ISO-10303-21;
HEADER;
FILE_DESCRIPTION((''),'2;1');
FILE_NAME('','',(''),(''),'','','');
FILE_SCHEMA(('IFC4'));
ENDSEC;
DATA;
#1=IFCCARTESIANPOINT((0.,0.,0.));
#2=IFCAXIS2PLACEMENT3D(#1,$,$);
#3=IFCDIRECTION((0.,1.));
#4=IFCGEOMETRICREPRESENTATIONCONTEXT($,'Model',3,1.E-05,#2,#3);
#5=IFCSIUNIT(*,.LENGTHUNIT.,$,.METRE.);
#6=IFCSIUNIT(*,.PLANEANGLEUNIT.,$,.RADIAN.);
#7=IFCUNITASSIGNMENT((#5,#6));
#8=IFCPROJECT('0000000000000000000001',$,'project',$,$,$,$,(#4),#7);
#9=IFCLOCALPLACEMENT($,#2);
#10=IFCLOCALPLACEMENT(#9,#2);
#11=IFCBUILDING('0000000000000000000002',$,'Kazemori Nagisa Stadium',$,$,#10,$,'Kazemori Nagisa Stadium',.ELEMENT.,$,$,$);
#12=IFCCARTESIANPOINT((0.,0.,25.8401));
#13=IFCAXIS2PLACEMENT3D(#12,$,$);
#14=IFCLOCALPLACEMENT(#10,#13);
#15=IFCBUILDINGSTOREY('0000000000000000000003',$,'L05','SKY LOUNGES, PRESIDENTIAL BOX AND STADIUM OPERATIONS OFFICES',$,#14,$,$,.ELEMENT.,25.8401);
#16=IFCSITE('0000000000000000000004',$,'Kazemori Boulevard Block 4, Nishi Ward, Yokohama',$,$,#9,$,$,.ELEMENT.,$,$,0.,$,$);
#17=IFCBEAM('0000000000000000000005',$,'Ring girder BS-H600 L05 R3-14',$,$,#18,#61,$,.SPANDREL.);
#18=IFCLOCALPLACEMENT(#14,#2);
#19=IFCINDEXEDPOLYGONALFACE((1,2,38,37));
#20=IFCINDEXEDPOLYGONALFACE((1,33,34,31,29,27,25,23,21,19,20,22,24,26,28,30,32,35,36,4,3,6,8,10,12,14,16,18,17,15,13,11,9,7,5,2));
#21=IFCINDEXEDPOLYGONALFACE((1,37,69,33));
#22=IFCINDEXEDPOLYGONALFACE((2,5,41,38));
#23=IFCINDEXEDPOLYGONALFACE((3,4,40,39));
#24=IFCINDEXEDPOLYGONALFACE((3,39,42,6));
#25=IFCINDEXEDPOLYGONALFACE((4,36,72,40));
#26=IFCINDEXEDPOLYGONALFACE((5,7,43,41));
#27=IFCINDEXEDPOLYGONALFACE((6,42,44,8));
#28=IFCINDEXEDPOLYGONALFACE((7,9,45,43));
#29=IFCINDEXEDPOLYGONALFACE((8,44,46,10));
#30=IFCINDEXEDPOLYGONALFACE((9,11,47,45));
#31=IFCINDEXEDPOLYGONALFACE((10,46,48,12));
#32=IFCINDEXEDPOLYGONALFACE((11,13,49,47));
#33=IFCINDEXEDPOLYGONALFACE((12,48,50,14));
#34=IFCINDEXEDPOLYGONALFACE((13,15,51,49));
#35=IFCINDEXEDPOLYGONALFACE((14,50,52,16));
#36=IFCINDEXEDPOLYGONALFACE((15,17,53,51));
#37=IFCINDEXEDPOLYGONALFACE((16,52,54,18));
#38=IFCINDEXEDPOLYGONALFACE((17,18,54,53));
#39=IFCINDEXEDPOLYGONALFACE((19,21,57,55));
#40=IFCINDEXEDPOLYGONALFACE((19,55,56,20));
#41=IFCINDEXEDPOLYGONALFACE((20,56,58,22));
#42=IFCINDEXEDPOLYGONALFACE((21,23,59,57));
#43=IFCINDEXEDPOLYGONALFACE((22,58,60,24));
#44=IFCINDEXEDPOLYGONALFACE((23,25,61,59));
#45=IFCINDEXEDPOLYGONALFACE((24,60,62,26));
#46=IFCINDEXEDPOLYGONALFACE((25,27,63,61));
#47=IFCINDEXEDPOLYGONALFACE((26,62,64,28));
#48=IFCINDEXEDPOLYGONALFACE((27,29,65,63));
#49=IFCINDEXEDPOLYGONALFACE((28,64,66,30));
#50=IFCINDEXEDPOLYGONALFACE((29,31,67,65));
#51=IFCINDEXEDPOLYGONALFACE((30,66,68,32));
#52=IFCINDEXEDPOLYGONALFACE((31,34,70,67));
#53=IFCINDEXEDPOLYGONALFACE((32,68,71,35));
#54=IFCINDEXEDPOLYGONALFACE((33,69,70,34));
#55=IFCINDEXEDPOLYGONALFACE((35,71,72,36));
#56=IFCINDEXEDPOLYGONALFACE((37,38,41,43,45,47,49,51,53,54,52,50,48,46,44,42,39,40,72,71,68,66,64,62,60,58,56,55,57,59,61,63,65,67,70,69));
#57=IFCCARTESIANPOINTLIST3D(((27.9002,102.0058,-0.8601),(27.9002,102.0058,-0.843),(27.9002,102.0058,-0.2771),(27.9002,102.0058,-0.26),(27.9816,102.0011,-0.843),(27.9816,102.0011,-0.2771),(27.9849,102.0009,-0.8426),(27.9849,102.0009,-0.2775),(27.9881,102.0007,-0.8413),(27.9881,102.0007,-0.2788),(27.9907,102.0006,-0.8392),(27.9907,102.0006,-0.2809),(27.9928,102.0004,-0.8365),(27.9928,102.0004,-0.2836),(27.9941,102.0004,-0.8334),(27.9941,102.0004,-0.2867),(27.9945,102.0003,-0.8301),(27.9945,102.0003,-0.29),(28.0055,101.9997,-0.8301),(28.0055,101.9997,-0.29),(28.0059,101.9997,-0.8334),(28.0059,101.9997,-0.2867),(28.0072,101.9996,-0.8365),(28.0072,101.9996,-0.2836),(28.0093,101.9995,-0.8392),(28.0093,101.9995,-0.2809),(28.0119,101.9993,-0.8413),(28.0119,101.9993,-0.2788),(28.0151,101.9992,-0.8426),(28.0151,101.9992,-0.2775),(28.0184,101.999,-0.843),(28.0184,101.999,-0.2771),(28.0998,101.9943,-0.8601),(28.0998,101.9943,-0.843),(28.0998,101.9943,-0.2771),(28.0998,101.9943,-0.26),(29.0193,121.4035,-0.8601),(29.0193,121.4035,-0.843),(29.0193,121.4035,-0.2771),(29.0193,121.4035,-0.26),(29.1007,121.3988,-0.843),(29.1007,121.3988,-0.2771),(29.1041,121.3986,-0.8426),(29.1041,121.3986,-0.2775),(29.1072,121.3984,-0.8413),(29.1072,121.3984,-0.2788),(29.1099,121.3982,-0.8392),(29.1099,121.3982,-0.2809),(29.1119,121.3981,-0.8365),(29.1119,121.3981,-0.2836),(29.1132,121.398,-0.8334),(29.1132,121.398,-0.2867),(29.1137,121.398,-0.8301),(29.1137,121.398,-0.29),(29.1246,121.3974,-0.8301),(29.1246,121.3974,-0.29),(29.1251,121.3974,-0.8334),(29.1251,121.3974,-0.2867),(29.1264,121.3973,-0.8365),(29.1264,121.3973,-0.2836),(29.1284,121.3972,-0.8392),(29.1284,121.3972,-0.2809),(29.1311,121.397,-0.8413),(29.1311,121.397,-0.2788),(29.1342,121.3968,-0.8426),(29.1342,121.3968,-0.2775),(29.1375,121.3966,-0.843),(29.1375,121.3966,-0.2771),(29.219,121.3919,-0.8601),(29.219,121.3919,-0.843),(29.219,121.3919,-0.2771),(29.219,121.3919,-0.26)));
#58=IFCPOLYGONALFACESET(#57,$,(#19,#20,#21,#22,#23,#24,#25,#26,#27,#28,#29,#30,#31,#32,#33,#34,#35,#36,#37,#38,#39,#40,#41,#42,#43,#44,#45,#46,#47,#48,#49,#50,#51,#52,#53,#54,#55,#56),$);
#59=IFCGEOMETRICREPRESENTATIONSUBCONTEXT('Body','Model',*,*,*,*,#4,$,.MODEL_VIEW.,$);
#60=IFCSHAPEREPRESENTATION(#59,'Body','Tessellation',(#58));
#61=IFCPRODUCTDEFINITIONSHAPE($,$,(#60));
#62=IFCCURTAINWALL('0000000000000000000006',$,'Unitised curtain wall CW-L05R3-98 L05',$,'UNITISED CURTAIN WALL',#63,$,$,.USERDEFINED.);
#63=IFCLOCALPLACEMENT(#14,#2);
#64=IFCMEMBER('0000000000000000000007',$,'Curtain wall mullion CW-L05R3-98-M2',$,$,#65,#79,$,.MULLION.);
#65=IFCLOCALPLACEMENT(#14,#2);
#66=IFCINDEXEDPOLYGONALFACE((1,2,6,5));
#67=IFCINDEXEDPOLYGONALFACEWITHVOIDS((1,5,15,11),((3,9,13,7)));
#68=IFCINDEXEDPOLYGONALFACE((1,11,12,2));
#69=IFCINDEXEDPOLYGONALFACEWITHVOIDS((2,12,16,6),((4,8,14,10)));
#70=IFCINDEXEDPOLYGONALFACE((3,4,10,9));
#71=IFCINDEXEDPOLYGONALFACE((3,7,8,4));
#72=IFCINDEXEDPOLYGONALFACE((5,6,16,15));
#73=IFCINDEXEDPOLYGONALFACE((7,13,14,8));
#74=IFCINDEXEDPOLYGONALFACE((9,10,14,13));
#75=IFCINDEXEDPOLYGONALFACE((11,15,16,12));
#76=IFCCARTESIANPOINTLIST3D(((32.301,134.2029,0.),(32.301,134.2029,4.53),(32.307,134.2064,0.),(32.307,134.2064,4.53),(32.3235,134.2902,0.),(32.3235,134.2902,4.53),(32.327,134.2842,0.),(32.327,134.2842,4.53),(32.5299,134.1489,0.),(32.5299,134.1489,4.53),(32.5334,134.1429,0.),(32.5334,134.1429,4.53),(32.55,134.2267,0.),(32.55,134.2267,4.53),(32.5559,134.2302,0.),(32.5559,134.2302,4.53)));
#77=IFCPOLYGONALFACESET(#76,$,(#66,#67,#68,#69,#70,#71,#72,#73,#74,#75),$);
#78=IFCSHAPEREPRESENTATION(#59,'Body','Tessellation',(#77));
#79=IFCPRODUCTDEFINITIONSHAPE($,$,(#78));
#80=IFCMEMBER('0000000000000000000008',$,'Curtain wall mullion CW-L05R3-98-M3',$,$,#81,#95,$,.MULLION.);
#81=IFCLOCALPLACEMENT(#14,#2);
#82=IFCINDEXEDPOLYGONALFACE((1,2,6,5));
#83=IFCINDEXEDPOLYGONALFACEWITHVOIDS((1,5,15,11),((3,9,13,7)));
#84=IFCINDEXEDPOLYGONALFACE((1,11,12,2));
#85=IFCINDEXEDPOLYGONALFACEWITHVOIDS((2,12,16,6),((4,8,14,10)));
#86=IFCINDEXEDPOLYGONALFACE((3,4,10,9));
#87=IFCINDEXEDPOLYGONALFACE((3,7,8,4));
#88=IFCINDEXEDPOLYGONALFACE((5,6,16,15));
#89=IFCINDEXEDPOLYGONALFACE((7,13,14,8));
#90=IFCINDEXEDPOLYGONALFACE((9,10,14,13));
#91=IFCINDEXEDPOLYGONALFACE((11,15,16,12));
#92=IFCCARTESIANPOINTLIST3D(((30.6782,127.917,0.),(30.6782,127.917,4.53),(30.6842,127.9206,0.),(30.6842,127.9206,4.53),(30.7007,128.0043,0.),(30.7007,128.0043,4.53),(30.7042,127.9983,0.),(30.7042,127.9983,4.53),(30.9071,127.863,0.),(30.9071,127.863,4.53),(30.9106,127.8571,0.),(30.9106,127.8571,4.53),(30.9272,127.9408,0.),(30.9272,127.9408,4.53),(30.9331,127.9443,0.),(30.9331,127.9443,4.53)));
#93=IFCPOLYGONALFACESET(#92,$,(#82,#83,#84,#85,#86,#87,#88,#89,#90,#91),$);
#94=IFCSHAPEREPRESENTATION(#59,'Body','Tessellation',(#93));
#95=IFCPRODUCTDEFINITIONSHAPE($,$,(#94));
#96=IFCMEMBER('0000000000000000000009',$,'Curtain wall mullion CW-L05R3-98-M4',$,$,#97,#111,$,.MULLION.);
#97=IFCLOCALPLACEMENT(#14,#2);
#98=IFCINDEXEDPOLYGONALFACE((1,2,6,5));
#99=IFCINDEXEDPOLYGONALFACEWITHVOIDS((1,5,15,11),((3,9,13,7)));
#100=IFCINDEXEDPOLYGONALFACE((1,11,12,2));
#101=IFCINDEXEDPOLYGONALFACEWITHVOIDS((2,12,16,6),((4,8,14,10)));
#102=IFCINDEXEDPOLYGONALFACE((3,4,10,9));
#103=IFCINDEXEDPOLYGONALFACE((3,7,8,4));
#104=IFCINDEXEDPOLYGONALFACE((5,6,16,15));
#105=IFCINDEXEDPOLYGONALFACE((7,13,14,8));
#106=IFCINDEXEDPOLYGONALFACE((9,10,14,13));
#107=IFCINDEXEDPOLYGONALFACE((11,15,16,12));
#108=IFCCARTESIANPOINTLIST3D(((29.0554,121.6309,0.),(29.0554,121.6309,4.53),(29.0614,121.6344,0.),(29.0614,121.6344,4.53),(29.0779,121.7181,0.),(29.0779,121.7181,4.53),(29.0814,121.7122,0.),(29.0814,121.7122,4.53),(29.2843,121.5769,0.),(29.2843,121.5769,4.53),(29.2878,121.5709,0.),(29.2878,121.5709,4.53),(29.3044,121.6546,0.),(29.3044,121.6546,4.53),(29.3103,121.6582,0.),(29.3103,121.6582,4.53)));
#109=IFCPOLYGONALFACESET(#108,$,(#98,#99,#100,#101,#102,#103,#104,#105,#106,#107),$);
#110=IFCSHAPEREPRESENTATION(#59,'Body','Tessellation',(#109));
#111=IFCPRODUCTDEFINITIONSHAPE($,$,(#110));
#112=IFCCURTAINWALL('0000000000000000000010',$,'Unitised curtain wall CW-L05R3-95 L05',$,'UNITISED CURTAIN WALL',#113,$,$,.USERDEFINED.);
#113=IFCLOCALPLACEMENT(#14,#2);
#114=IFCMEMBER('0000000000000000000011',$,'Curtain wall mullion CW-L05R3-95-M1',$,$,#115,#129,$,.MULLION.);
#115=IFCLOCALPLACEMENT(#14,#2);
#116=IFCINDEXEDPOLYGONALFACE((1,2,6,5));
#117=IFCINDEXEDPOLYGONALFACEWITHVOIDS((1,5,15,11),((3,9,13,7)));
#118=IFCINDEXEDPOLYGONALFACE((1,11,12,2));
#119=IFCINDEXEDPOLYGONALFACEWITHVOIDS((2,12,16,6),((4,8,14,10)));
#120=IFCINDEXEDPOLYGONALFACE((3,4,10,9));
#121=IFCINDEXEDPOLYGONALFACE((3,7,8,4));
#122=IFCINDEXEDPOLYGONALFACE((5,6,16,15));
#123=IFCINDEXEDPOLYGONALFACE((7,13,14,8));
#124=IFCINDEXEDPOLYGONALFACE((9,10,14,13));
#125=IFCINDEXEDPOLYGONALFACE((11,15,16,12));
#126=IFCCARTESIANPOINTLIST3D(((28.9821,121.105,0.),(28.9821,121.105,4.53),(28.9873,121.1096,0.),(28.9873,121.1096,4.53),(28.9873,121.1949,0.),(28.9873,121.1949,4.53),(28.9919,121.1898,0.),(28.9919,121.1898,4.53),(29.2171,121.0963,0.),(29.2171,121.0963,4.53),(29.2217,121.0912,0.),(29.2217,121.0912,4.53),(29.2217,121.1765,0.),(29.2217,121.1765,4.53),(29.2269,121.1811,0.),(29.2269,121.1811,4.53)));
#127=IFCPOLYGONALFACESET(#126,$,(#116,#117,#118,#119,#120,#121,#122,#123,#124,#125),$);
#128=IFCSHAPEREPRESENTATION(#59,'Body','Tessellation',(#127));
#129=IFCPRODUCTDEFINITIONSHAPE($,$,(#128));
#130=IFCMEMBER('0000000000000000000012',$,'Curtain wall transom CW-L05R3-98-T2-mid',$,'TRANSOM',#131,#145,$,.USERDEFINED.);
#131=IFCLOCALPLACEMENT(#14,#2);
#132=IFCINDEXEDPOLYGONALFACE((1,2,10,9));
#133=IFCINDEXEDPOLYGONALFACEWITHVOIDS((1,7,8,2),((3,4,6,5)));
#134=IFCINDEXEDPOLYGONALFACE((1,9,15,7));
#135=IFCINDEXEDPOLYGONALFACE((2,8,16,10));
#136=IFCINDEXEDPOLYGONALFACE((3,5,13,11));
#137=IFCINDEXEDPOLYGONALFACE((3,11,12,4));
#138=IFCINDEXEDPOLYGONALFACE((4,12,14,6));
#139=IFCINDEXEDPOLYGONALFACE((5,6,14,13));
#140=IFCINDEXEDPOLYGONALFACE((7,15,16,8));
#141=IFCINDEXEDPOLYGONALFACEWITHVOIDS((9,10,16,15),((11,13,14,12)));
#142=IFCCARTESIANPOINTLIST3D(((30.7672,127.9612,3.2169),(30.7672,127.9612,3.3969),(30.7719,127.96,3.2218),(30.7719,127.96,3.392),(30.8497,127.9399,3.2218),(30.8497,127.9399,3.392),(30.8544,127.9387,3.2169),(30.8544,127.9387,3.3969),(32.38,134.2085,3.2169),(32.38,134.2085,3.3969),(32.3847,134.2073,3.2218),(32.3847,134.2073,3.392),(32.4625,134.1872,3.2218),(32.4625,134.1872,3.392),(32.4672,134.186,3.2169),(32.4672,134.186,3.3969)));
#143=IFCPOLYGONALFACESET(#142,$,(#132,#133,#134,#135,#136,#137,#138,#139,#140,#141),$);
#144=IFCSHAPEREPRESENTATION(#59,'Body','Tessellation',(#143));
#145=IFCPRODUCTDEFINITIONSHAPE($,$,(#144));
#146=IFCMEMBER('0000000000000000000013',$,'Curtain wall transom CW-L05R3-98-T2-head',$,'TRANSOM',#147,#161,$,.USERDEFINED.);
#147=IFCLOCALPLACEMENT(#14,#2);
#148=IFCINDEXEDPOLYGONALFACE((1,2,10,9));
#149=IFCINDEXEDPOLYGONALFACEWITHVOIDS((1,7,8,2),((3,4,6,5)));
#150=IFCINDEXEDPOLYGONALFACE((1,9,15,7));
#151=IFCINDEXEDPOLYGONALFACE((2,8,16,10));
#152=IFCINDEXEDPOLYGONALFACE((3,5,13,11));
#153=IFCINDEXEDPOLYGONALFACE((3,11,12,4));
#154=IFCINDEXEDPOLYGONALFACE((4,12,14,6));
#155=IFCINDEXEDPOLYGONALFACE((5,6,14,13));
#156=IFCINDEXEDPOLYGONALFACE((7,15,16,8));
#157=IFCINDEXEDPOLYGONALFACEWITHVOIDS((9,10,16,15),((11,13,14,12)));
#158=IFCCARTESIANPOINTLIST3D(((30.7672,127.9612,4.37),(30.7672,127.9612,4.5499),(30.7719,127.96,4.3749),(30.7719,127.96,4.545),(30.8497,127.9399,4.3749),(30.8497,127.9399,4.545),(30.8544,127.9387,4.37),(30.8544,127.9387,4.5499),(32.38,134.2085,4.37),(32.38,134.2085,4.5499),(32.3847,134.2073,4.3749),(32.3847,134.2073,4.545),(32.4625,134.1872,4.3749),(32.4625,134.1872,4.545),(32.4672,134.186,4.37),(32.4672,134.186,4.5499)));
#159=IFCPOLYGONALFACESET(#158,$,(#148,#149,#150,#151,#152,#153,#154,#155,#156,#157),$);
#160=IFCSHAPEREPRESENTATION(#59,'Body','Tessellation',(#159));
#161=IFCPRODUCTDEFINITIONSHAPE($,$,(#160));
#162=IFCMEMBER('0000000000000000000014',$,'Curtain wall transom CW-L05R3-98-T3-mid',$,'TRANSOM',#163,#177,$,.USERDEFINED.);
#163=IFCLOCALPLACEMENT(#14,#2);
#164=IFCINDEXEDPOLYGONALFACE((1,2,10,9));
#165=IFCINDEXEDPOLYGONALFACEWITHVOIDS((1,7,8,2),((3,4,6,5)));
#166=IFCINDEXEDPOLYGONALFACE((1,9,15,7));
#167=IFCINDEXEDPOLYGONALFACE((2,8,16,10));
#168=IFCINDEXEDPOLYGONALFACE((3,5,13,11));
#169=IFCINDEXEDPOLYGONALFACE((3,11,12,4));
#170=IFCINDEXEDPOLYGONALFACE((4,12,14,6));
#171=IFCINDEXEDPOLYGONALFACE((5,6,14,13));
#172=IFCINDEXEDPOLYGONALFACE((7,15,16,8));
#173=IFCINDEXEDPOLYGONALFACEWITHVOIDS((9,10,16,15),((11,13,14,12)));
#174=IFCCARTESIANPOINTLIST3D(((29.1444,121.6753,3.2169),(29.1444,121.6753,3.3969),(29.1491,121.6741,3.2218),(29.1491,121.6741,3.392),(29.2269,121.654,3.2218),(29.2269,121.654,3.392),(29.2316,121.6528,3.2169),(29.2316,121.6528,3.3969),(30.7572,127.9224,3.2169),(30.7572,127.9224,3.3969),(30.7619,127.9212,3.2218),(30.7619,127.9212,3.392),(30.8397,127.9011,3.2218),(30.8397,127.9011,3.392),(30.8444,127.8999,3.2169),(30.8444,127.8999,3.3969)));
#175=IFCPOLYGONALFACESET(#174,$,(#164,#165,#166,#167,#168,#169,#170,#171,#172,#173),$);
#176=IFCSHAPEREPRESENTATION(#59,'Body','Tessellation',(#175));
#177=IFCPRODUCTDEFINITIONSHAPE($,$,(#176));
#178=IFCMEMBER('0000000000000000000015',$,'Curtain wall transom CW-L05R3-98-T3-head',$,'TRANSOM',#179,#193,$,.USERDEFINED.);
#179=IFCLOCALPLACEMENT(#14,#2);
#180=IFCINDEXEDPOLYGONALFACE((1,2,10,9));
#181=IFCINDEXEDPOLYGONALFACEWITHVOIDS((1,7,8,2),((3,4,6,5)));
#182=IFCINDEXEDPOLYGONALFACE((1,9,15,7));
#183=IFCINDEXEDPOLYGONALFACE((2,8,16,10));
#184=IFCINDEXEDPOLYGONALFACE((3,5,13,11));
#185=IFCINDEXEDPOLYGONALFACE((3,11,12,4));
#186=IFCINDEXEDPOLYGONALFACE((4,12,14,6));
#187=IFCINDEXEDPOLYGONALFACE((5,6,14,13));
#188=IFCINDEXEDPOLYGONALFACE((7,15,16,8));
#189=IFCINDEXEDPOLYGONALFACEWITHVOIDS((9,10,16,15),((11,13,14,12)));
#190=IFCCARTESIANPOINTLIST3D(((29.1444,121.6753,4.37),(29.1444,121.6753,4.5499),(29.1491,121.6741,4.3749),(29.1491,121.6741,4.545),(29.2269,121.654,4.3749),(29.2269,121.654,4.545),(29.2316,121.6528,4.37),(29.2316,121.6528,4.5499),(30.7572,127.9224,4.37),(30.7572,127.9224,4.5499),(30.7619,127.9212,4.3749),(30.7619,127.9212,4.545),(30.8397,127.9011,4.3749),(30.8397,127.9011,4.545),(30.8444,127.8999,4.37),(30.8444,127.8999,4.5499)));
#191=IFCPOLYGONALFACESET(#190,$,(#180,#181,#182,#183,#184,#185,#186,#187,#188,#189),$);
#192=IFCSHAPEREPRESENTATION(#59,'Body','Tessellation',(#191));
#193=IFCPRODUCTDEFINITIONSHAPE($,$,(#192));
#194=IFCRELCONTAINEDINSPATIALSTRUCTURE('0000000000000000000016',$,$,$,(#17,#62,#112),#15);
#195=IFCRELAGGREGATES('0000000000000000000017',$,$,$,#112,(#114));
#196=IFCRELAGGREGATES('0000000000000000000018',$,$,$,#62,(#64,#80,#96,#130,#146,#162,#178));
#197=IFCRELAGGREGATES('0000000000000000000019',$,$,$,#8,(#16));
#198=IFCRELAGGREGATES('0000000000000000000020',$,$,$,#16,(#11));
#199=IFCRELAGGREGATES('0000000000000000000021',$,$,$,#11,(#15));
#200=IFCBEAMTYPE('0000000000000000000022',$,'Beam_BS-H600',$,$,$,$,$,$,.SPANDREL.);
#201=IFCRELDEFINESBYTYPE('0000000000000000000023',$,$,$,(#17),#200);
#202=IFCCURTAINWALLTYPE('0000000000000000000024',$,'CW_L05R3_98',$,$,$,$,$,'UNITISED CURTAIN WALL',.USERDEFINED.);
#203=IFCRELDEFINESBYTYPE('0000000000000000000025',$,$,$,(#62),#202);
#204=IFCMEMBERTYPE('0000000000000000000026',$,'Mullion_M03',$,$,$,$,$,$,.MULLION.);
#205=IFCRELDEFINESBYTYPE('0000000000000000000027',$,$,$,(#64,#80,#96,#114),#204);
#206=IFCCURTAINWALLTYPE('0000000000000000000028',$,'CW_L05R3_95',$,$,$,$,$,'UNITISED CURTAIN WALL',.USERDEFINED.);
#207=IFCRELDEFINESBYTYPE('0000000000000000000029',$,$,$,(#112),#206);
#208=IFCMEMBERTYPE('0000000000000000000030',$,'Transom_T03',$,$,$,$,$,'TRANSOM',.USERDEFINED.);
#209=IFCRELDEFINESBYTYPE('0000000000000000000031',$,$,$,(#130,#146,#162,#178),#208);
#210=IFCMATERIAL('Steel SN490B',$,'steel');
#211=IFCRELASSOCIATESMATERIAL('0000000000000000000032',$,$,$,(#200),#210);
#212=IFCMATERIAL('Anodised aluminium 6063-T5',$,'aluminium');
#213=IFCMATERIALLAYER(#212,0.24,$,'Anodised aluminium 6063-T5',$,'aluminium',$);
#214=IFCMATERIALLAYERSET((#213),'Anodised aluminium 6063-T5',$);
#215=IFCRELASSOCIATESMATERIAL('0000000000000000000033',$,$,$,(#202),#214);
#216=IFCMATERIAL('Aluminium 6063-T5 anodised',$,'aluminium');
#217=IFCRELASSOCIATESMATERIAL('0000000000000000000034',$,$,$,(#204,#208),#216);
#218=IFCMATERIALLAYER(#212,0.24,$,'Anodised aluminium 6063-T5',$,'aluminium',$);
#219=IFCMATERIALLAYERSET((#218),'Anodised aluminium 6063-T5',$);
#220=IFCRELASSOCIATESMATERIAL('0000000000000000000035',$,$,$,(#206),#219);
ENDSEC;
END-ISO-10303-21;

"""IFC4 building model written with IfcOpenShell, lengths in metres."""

from ifc_helpers import new_model, si_unit, direction, frame, origin, origin_2d, place, context, subcontext, project, spatial, hollow_rectangle, i_section, extrude, material, layer, layer_set, material_profile, profile_set, type_object, element, aggregate, save


model = new_model("IFC4")

# Units and contexts
model_context = context("Model", 3, precision=1e-05, world=origin(), true_north=direction((0.0, 1.0)))
body_context = subcontext(model_context, "Body", "Model", "MODEL_VIEW")
ifc_project = project(units=[si_unit("LENGTHUNIT", "METRE"), si_unit("PLANEANGLEUNIT", "RADIAN")], contexts=[model_context])

# Site, building, storey
site_placement = place(None, origin())
site = spatial("IfcSite", under=ifc_project, at=site_placement, Name="Kazemori Boulevard Block 4, Nishi Ward, Yokohama", CompositionType="ELEMENT", RefElevation=0.0)
building_placement = place(site_placement, origin())
building = spatial("IfcBuilding", under=site, at=building_placement, Name="Kazemori Nagisa Stadium", LongName="Kazemori Nagisa Stadium", CompositionType="ELEMENT")
storey_placement = place(building_placement, frame((0.0, 0.0, 25.8401)))
storey = spatial("IfcBuildingStorey", under=building, at=storey_placement, Name="L05", Description="SKY LOUNGES, PRESIDENTIAL BOX AND STADIUM OPERATIONS OFFICES", CompositionType="ELEMENT", Elevation=25.8401)

# Beam
ifc_material_1 = material(Name="Steel SN490B", Category="steel")
ifc_material_profile_1 = material_profile(ifc_material_1, i_section(OverallWidth=0.2, OverallDepth=0.6001, WebThickness=0.011, FlangeThickness=0.0171, FilletRadius=0.0129, at=origin_2d()), Name="H-600x200x11x17")
ifc_profile_set_1 = profile_set([ifc_material_profile_1], Name="Steel SN490B")
beam_type_1 = type_object("IfcBeamType", Name="Beam_BS-H600", PredefinedType="SPANDREL", material=ifc_profile_set_1)
beam_1_placement = place(storey_placement, frame((29.1191, 121.3977, -0.5601), z_axis=(-0.057599, -0.99834, 0.0), x_axis=(0.99834, -0.057599, 0.0)))
element("IfcBeam", 1, at=beam_1_placement, inside=storey, type_object=beam_type_1, Name="Ring girder BS-H600 L05 R3-14", PredefinedType="SPANDREL", context=body_context, shape_type="SweptSolid", body=[
    extrude(i_section(OverallWidth=0.2, OverallDepth=0.6001, WebThickness=0.011, FlangeThickness=0.0171, FilletRadius=0.0129, at=origin_2d()), origin(), (0.0, 0.0, 1.0), 19.4299),
])

# Curtain wall, members
ifc_material_2 = material(Name="Anodised aluminium 6063-T5", Category="aluminium")
ifc_layer_1 = layer(ifc_material_2, 0.24, Name="Anodised aluminium 6063-T5", Category="aluminium")
ifc_layer_set_1 = layer_set([ifc_layer_1], Name="Anodised aluminium 6063-T5")
curtain_wall_type_1 = type_object("IfcCurtainWallType", Name="CW_L05R3_98", ElementType="UNITISED CURTAIN WALL", PredefinedType="USERDEFINED", material=ifc_layer_set_1)
curtain_wall_1_placement = place(storey_placement, origin())
curtain_wall_1 = element("IfcCurtainWall", 2, at=curtain_wall_1_placement, inside=storey, type_object=curtain_wall_type_1, Name="Unitised curtain wall CW-L05R3-98 L05", ObjectType="UNITISED CURTAIN WALL", PredefinedType="USERDEFINED")
ifc_material_3 = material(Name="Aluminium 6063-T5 anodised", Category="aluminium")
ifc_material_profile_2 = material_profile(ifc_material_3, hollow_rectangle(XDim=0.0901, YDim=0.24, WallThickness=0.0049, at=origin_2d()), Name="ALU-MULL-90x240x5")
ifc_profile_set_2 = profile_set([ifc_material_profile_2], Name="Aluminium 6063-T5 anodised")
member_type_1 = type_object("IfcMemberType", Name="Mullion_M03", PredefinedType="MULLION", material=ifc_profile_set_2)
member_1_placement = place(storey_placement, frame((32.4285, 134.2166, 0.0), z_axis=(0.0, 0.0, 1.0), x_axis=(-0.249965, -0.968255, 0.0)))
member_1 = element("IfcMember", 3, at=member_1_placement, type_object=member_type_1, Name="Curtain wall mullion CW-L05R3-98-M2", PredefinedType="MULLION", context=body_context, shape_type="SweptSolid", body=[
    extrude(hollow_rectangle(XDim=0.0901, YDim=0.24, WallThickness=0.0049, at=origin_2d()), origin(), (0.0, 0.0, 1.0), 4.53),
])
member_2_placement = place(storey_placement, frame((30.8057, 127.9307, 0.0), z_axis=(0.0, 0.0, 1.0), x_axis=(-0.249965, -0.968255, 0.0)))
member_2 = element("IfcMember", 4, at=member_2_placement, type_object=member_type_1, Name="Curtain wall mullion CW-L05R3-98-M3", PredefinedType="MULLION", context=body_context, shape_type="SweptSolid", body=[
    extrude(hollow_rectangle(XDim=0.0901, YDim=0.24, WallThickness=0.0049, at=origin_2d()), origin(), (0.0, 0.0, 1.0), 4.53),
])
member_3_placement = place(storey_placement, frame((29.1829, 121.6445, 0.0), z_axis=(0.0, 0.0, 1.0), x_axis=(-0.249965, -0.968255, 0.0)))
member_3 = element("IfcMember", 5, at=member_3_placement, type_object=member_type_1, Name="Curtain wall mullion CW-L05R3-98-M4", PredefinedType="MULLION", context=body_context, shape_type="SweptSolid", body=[
    extrude(hollow_rectangle(XDim=0.0901, YDim=0.24, WallThickness=0.0049, at=origin_2d()), origin(), (0.0, 0.0, 1.0), 4.53),
])

# Curtain wall, member
ifc_layer_2 = layer(ifc_material_2, 0.24, Name="Anodised aluminium 6063-T5", Category="aluminium")
ifc_layer_set_2 = layer_set([ifc_layer_2], Name="Anodised aluminium 6063-T5")
curtain_wall_type_2 = type_object("IfcCurtainWallType", Name="CW_L05R3_95", ElementType="UNITISED CURTAIN WALL", PredefinedType="USERDEFINED", material=ifc_layer_set_2)
curtain_wall_2_placement = place(storey_placement, origin())
curtain_wall_2 = element("IfcCurtainWall", 6, at=curtain_wall_2_placement, inside=storey, type_object=curtain_wall_type_2, Name="Unitised curtain wall CW-L05R3-95 L05", ObjectType="UNITISED CURTAIN WALL", PredefinedType="USERDEFINED")
member_4_placement = place(storey_placement, frame((29.1045, 121.1431, 0.0), z_axis=(0.0, 0.0, 1.0), x_axis=(-0.057602, -0.99834, 0.0)))
member_4 = element("IfcMember", 7, at=member_4_placement, type_object=member_type_1, Name="Curtain wall mullion CW-L05R3-95-M1", PredefinedType="MULLION", context=body_context, shape_type="SweptSolid", body=[
    extrude(hollow_rectangle(XDim=0.0901, YDim=0.24, WallThickness=0.0049, at=origin_2d()), origin(), (0.0, 0.0, 1.0), 4.53),
])

# Members
ifc_material_profile_3 = material_profile(ifc_material_3, hollow_rectangle(XDim=0.0901, YDim=0.1799, WallThickness=0.0049, at=origin_2d()), Name="ALU-TRAN-90x180x5")
ifc_profile_set_3 = profile_set([ifc_material_profile_3], Name="Aluminium 6063-T5 anodised")
member_type_2 = type_object("IfcMemberType", Name="Transom_T03", ElementType="TRANSOM", PredefinedType="USERDEFINED", material=ifc_profile_set_3)
member_5_placement = place(storey_placement, frame((32.4236, 134.1973, 3.3069), z_axis=(-0.249963, -0.968255, 0.0), x_axis=(0.968255, -0.249963, 0.0)))
member_5 = element("IfcMember", 8, at=member_5_placement, type_object=member_type_2, Name="Curtain wall transom CW-L05R3-98-T2-mid", ObjectType="TRANSOM", PredefinedType="USERDEFINED", context=body_context, shape_type="SweptSolid", body=[
    extrude(hollow_rectangle(XDim=0.0901, YDim=0.1799, WallThickness=0.0049, at=origin_2d()), origin(), (0.0, 0.0, 1.0), 6.4521),
])
member_6_placement = place(storey_placement, frame((32.4236, 134.1973, 4.46), z_axis=(-0.249963, -0.968255, 0.0), x_axis=(0.968255, -0.249963, 0.0)))
member_6 = element("IfcMember", 9, at=member_6_placement, type_object=member_type_2, Name="Curtain wall transom CW-L05R3-98-T2-head", ObjectType="TRANSOM", PredefinedType="USERDEFINED", context=body_context, shape_type="SweptSolid", body=[
    extrude(hollow_rectangle(XDim=0.0901, YDim=0.1799, WallThickness=0.0049, at=origin_2d()), origin(), (0.0, 0.0, 1.0), 6.4521),
])
member_7_placement = place(storey_placement, frame((30.8008, 127.9111, 3.3069), z_axis=(-0.249972, -0.968253, 0.0), x_axis=(0.968253, -0.249972, 0.0)))
member_7 = element("IfcMember", 10, at=member_7_placement, type_object=member_type_2, Name="Curtain wall transom CW-L05R3-98-T3-mid", ObjectType="TRANSOM", PredefinedType="USERDEFINED", context=body_context, shape_type="SweptSolid", body=[
    extrude(hollow_rectangle(XDim=0.0901, YDim=0.1799, WallThickness=0.0049, at=origin_2d()), origin(), (0.0, 0.0, 1.0), 6.4519),
])
member_8_placement = place(storey_placement, frame((30.8008, 127.9111, 4.46), z_axis=(-0.249972, -0.968253, 0.0), x_axis=(0.968253, -0.249972, 0.0)))
member_8 = element("IfcMember", 11, at=member_8_placement, type_object=member_type_2, Name="Curtain wall transom CW-L05R3-98-T3-head", ObjectType="TRANSOM", PredefinedType="USERDEFINED", context=body_context, shape_type="SweptSolid", body=[
    extrude(hollow_rectangle(XDim=0.0901, YDim=0.1799, WallThickness=0.0049, at=origin_2d()), origin(), (0.0, 0.0, 1.0), 6.4519),
])
aggregate(curtain_wall_2, [member_4])

aggregate(curtain_wall_1, [member_1, member_2, member_3, member_5, member_6, member_7, member_8])

save(model, "model.ifc")
